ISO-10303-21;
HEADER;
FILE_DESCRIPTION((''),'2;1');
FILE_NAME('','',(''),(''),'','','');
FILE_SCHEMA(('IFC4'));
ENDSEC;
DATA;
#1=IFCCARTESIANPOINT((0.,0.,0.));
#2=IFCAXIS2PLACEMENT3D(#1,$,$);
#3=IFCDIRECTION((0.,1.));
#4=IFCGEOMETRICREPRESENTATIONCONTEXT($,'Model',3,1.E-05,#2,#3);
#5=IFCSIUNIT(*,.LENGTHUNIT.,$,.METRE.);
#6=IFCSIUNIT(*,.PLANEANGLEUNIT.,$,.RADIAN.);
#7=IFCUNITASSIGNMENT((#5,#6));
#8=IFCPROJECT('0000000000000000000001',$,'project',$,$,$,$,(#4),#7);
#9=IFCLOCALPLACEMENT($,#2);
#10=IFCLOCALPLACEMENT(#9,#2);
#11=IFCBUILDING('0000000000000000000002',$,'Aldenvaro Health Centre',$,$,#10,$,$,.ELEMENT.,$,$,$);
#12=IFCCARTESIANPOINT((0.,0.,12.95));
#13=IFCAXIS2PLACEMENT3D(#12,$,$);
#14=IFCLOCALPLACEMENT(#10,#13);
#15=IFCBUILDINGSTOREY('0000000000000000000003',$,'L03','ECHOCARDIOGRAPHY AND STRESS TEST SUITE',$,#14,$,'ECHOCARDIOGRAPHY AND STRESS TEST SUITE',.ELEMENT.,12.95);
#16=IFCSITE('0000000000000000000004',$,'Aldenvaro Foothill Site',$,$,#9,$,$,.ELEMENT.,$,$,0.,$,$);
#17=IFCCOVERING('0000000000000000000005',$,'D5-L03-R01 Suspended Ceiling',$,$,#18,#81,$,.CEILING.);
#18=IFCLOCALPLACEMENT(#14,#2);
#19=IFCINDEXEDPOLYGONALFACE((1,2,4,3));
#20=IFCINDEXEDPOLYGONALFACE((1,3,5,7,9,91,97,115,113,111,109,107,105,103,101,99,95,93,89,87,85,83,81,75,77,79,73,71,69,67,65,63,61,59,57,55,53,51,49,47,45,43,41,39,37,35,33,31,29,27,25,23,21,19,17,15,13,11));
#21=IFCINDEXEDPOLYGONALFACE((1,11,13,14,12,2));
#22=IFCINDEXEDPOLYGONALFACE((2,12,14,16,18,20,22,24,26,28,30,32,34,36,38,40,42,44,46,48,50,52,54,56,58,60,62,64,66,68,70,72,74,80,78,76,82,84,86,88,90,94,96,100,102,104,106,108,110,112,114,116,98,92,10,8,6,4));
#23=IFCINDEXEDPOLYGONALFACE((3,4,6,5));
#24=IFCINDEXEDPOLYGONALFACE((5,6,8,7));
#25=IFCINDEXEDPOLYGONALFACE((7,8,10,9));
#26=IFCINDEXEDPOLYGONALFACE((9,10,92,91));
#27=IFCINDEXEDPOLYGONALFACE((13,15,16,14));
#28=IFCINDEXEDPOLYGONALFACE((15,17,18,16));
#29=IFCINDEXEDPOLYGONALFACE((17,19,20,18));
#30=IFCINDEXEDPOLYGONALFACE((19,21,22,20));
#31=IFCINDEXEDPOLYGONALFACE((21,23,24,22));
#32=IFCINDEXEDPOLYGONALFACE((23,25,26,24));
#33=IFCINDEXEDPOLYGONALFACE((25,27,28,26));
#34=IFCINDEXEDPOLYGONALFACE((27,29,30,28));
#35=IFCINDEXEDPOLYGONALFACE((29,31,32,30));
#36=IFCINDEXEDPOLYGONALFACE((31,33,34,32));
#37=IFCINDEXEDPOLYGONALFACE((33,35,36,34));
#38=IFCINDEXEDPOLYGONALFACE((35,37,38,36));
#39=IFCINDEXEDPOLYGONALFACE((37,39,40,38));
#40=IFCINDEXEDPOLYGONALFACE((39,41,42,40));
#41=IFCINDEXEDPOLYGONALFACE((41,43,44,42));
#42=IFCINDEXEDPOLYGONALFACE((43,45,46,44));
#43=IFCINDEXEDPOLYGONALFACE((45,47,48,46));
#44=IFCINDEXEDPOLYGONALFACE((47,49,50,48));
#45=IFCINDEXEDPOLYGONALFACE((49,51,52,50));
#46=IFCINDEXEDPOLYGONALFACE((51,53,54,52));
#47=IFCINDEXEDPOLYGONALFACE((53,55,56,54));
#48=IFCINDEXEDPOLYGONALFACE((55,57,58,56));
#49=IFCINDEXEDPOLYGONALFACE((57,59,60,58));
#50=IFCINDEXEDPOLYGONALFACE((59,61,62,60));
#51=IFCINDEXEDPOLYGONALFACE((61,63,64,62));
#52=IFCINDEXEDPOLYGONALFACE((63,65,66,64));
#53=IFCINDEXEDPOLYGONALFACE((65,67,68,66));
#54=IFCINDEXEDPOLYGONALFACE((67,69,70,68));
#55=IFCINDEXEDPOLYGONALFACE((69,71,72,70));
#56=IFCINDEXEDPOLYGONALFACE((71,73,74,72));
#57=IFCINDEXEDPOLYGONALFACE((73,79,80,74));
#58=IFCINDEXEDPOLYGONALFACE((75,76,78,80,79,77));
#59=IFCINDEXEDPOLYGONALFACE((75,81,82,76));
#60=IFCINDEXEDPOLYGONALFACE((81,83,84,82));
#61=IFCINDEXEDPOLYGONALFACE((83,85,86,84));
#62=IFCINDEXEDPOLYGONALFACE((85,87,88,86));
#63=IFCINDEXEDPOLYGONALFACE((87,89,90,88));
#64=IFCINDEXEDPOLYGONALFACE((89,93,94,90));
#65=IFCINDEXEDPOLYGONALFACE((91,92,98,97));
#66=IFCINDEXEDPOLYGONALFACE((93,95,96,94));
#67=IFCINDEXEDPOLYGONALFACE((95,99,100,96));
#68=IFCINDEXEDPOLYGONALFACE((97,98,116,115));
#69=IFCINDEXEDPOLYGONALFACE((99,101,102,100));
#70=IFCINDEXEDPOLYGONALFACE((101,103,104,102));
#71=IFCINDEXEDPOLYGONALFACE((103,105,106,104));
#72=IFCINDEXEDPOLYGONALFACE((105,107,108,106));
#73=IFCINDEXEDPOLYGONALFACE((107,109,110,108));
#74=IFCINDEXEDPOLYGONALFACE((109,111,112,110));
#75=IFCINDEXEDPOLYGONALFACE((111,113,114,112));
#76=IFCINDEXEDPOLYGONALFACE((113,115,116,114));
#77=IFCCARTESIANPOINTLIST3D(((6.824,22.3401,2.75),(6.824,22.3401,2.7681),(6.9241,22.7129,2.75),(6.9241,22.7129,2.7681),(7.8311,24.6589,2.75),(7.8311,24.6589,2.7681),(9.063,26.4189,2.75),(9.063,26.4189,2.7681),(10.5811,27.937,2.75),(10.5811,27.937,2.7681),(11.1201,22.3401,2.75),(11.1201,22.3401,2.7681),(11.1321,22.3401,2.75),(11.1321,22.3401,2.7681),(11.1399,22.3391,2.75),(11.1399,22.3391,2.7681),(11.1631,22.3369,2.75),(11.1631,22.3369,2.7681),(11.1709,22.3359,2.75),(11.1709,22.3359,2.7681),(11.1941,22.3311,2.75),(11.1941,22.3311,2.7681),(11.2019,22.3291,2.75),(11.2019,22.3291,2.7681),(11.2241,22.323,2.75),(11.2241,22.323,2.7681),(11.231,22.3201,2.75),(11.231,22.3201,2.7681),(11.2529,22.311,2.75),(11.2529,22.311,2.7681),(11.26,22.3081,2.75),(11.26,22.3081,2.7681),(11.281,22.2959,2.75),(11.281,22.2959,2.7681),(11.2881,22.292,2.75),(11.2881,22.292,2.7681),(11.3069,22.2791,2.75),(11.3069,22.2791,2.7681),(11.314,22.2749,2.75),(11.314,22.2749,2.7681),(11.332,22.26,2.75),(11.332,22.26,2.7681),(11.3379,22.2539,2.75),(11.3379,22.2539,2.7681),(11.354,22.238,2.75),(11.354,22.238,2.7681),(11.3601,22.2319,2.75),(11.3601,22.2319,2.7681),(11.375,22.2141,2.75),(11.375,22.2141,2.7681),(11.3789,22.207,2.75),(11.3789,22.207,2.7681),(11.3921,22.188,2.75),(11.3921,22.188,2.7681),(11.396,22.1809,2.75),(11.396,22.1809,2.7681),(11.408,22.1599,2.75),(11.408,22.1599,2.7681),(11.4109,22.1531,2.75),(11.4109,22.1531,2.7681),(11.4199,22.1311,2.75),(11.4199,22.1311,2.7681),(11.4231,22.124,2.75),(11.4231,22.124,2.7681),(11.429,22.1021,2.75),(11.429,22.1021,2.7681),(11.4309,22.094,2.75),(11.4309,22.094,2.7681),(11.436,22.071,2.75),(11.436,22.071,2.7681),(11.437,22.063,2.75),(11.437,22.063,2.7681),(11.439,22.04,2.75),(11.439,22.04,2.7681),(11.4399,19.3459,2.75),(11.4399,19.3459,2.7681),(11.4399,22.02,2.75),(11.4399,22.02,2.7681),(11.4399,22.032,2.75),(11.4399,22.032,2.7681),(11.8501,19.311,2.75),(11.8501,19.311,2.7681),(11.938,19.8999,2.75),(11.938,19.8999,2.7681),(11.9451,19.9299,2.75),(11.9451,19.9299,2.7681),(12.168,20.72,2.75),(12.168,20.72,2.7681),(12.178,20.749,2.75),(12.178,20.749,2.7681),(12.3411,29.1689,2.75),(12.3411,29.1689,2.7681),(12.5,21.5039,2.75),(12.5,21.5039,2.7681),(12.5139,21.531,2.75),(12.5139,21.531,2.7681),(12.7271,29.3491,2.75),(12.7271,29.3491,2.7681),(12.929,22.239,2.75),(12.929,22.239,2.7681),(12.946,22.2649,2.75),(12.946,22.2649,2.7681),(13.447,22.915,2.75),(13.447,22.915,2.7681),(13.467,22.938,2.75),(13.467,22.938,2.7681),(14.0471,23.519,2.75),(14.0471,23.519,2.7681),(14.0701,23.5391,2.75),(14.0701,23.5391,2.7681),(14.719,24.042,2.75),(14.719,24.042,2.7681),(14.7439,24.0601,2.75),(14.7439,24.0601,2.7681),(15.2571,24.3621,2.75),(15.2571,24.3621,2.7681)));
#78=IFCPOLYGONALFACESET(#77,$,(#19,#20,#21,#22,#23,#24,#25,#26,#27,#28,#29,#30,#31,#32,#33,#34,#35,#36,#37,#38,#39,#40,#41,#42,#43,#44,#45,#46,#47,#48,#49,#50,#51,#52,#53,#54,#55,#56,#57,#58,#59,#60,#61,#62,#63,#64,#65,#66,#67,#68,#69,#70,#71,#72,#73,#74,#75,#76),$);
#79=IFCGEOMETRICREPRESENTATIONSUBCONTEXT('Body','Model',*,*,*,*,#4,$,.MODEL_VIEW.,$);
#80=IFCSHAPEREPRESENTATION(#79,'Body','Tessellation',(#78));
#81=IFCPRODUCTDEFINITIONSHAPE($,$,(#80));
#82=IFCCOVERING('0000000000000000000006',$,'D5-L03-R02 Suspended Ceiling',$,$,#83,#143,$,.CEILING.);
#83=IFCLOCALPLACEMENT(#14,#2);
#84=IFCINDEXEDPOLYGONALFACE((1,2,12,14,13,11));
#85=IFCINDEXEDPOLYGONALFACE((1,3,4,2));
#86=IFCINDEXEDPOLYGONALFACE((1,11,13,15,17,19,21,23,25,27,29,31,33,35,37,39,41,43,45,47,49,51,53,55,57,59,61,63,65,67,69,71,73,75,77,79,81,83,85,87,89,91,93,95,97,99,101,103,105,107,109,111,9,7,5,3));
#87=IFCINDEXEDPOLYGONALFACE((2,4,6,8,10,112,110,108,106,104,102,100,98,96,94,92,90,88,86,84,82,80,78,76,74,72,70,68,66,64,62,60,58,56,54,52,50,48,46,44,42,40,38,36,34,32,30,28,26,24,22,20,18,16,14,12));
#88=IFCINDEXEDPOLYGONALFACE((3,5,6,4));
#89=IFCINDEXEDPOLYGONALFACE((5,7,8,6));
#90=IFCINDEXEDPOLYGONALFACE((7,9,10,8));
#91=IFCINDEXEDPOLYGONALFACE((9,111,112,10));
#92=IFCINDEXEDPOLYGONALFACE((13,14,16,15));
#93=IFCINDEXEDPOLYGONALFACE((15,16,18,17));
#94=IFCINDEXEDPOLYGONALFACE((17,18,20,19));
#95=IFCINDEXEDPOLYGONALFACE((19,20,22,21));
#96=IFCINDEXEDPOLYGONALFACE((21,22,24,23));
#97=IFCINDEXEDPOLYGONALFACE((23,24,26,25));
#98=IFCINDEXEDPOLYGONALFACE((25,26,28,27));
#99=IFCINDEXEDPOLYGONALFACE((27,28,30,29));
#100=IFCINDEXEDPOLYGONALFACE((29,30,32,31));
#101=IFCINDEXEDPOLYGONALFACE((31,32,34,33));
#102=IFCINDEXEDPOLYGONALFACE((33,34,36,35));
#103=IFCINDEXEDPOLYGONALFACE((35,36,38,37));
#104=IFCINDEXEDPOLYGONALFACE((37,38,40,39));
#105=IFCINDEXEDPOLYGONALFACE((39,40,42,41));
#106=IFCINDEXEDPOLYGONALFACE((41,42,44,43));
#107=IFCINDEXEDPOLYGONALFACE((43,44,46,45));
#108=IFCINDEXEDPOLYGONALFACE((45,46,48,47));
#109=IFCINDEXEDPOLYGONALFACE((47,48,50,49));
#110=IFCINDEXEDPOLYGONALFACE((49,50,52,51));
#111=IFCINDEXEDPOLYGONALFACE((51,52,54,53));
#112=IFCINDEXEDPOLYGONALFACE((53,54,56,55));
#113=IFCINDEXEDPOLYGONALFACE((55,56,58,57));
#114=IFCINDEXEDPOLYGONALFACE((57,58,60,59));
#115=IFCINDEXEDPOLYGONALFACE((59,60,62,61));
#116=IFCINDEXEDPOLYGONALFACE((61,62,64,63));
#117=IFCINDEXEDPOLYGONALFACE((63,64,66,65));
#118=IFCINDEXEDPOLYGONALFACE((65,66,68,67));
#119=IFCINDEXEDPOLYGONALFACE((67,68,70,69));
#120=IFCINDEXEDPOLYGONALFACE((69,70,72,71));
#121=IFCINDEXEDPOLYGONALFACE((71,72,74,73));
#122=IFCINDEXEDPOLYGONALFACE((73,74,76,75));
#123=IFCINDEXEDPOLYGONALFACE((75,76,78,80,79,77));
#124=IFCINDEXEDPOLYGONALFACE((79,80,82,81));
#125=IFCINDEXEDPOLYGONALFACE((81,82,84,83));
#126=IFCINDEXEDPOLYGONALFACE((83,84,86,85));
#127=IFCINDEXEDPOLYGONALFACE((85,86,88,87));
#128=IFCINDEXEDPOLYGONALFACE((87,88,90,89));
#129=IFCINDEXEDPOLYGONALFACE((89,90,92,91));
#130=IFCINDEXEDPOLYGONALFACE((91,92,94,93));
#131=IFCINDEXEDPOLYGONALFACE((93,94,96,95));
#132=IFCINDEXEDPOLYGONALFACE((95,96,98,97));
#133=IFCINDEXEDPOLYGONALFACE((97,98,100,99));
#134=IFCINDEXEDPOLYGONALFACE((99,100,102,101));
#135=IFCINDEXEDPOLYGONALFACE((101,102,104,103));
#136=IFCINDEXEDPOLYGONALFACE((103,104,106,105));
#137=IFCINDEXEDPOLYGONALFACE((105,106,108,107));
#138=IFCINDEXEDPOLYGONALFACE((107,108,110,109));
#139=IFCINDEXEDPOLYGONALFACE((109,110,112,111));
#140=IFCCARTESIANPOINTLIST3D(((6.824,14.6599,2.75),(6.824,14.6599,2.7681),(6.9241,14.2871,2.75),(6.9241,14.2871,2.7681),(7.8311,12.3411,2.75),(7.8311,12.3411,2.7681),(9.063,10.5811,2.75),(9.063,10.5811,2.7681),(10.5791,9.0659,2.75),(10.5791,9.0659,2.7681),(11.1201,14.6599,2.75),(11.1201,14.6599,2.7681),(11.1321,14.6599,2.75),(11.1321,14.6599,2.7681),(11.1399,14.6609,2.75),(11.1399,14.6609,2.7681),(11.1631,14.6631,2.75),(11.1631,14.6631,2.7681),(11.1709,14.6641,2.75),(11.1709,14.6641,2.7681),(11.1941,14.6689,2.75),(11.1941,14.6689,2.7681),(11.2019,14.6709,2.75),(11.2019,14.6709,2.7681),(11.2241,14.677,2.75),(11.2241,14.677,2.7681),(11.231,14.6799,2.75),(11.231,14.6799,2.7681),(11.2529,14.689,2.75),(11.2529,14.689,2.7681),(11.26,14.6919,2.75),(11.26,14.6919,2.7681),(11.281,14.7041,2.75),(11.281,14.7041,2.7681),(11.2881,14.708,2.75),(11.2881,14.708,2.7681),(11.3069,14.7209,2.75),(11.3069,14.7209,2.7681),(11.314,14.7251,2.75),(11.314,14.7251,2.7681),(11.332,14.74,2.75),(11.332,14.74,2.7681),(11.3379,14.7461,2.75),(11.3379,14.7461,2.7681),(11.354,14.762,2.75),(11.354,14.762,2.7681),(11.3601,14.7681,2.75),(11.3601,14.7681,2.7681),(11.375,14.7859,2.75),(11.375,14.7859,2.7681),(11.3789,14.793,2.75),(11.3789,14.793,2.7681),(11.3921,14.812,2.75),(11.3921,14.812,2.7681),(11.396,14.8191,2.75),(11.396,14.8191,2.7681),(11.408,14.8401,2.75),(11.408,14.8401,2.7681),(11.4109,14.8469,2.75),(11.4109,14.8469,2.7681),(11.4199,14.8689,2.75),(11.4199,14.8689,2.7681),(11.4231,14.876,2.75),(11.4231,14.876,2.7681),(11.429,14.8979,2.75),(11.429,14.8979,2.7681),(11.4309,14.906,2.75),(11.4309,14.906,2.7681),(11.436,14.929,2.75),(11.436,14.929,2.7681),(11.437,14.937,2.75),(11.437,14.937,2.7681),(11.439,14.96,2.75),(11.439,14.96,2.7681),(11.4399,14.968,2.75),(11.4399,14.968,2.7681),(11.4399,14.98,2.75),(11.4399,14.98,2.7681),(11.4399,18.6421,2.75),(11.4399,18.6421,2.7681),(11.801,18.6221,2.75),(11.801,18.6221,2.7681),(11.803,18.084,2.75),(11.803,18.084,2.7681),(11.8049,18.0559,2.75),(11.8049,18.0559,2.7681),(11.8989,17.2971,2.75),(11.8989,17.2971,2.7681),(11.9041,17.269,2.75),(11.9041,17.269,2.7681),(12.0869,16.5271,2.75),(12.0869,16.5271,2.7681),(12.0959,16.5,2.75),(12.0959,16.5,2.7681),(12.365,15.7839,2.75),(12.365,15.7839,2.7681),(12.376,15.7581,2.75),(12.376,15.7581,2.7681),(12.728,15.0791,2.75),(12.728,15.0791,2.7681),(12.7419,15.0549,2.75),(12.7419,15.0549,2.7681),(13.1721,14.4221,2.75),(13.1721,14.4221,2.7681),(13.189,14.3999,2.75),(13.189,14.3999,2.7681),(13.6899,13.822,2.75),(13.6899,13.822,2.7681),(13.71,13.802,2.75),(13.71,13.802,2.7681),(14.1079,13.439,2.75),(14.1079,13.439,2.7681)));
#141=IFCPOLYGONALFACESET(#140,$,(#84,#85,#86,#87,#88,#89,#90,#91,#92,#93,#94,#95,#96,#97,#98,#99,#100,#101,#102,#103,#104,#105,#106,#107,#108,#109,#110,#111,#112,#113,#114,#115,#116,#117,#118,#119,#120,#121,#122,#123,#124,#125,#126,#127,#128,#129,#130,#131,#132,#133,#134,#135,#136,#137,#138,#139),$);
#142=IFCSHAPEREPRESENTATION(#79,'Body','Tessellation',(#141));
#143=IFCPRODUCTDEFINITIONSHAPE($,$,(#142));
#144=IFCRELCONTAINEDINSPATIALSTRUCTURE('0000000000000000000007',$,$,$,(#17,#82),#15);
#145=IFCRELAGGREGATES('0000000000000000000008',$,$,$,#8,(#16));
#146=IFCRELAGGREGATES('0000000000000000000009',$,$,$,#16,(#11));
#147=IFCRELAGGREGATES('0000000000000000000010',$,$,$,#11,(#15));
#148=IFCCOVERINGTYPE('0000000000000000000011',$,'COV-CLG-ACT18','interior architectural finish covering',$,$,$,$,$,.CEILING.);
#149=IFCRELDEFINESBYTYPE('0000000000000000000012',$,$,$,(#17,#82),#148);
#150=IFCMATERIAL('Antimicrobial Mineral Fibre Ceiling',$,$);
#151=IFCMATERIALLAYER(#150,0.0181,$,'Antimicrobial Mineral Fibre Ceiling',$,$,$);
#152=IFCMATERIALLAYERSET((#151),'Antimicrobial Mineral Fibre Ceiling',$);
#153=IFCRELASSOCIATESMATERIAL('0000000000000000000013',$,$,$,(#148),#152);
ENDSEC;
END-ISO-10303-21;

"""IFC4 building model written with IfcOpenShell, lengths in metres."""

from ifc_helpers import new_model, si_unit, direction, frame, origin, place, context, subcontext, project, spatial, polyline, outline, extrude, material, layer, layer_set, type_object, element, save


model = new_model("IFC4")

# Units and contexts
model_context = context("Model", 3, precision=1e-05, world=origin(), true_north=direction((0.0, 1.0)))
body_context = subcontext(model_context, "Body", "Model", "MODEL_VIEW")
ifc_project = project(units=[si_unit("LENGTHUNIT", "METRE"), si_unit("PLANEANGLEUNIT", "RADIAN")], contexts=[model_context])

# Site, building, storey
site_placement = place(None, origin())
site = spatial("IfcSite", under=ifc_project, at=site_placement, Name="Aldenvaro Foothill Site", CompositionType="ELEMENT", RefElevation=0.0)
building_placement = place(site_placement, origin())
building = spatial("IfcBuilding", under=site, at=building_placement, Name="Aldenvaro Health Centre", CompositionType="ELEMENT")
storey_placement = place(building_placement, frame((0.0, 0.0, 12.95)))
storey = spatial("IfcBuildingStorey", under=building, at=storey_placement, Name="L03", Description="ECHOCARDIOGRAPHY AND STRESS TEST SUITE", LongName="ECHOCARDIOGRAPHY AND STRESS TEST SUITE", CompositionType="ELEMENT", Elevation=12.95)

# Coverings
ifc_material_1 = material(Name="Antimicrobial Mineral Fibre Ceiling")
ifc_layer_1 = layer(ifc_material_1, 0.0181, Name="Antimicrobial Mineral Fibre Ceiling")
ifc_layer_set_1 = layer_set([ifc_layer_1], Name="Antimicrobial Mineral Fibre Ceiling")
covering_type_1 = type_object("IfcCoveringType", Name="COV-CLG-ACT18", Description="interior architectural finish covering", PredefinedType="CEILING", material=ifc_layer_set_1)
covering_1_placement = place(storey_placement, frame((0.0, 0.0, 2.75)))
element("IfcCovering", 1, at=covering_1_placement, inside=storey, type_object=covering_type_1, Name="D5-L03-R01 Suspended Ceiling", PredefinedType="CEILING", context=body_context, shape_type="SweptSolid", body=[
    extrude(outline(polyline([(14.7439, 24.0601), (14.719, 24.042), (14.0701, 23.5391), (14.0471, 23.519), (13.467, 22.938), (13.447, 22.915), (12.946, 22.2649), (12.929, 22.239), (12.5139, 21.531), (12.5, 21.5039), (12.178, 20.749), (12.168, 20.72), (11.9451, 19.9299), (11.938, 19.8999), (11.8501, 19.311), (11.4399, 19.3459), (11.4399, 22.02), (11.4399, 22.032), (11.439, 22.04), (11.437, 22.063), (11.436, 22.071), (11.4309, 22.094), (11.429, 22.1021), (11.4231, 22.124), (11.4199, 22.1311), (11.4109, 22.1531), (11.408, 22.1599), (11.396, 22.1809), (11.3921, 22.188), (11.3789, 22.207), (11.375, 22.2141), (11.3601, 22.2319), (11.354, 22.238), (11.3379, 22.2539), (11.332, 22.26), (11.314, 22.2749), (11.3069, 22.2791), (11.2881, 22.292), (11.281, 22.2959), (11.26, 22.3081), (11.2529, 22.311), (11.231, 22.3201), (11.2241, 22.323), (11.2019, 22.3291), (11.1941, 22.3311), (11.1709, 22.3359), (11.1631, 22.3369), (11.1399, 22.3391), (11.1321, 22.3401), (11.1201, 22.3401), (6.824, 22.3401), (6.9241, 22.7129), (7.8311, 24.6589), (9.063, 26.4189), (10.5811, 27.937), (12.3411, 29.1689), (12.7271, 29.3491), (15.2571, 24.3621), (14.7439, 24.0601)])), origin(), (0.0, 0.0, 1.0), 0.0181),
])
covering_2_placement = place(storey_placement, frame((0.0, 0.0, 2.75)))
element("IfcCovering", 2, at=covering_2_placement, inside=storey, type_object=covering_type_1, Name="D5-L03-R02 Suspended Ceiling", PredefinedType="CEILING", context=body_context, shape_type="SweptSolid", body=[
    extrude(outline(polyline([(10.5791, 9.0659), (9.063, 10.5811), (7.8311, 12.3411), (6.9241, 14.2871), (6.824, 14.6599), (11.1201, 14.6599), (11.1321, 14.6599), (11.1399, 14.6609), (11.1631, 14.6631), (11.1709, 14.6641), (11.1941, 14.6689), (11.2019, 14.6709), (11.2241, 14.677), (11.231, 14.6799), (11.2529, 14.689), (11.26, 14.6919), (11.281, 14.7041), (11.2881, 14.708), (11.3069, 14.7209), (11.314, 14.7251), (11.332, 14.74), (11.3379, 14.7461), (11.354, 14.762), (11.3601, 14.7681), (11.375, 14.7859), (11.3789, 14.793), (11.3921, 14.812), (11.396, 14.8191), (11.408, 14.8401), (11.4109, 14.8469), (11.4199, 14.8689), (11.4231, 14.876), (11.429, 14.8979), (11.4309, 14.906), (11.436, 14.929), (11.437, 14.937), (11.439, 14.96), (11.4399, 14.968), (11.4399, 14.98), (11.4399, 18.6421), (11.801, 18.6221), (11.803, 18.084), (11.8049, 18.0559), (11.8989, 17.2971), (11.9041, 17.269), (12.0869, 16.5271), (12.0959, 16.5), (12.365, 15.7839), (12.376, 15.7581), (12.728, 15.0791), (12.7419, 15.0549), (13.1721, 14.4221), (13.189, 14.3999), (13.6899, 13.822), (13.71, 13.802), (14.1079, 13.439), (10.5791, 9.0659)])), origin(), (0.0, 0.0, 1.0), 0.0181),
])

save(model, "model.ifc")
